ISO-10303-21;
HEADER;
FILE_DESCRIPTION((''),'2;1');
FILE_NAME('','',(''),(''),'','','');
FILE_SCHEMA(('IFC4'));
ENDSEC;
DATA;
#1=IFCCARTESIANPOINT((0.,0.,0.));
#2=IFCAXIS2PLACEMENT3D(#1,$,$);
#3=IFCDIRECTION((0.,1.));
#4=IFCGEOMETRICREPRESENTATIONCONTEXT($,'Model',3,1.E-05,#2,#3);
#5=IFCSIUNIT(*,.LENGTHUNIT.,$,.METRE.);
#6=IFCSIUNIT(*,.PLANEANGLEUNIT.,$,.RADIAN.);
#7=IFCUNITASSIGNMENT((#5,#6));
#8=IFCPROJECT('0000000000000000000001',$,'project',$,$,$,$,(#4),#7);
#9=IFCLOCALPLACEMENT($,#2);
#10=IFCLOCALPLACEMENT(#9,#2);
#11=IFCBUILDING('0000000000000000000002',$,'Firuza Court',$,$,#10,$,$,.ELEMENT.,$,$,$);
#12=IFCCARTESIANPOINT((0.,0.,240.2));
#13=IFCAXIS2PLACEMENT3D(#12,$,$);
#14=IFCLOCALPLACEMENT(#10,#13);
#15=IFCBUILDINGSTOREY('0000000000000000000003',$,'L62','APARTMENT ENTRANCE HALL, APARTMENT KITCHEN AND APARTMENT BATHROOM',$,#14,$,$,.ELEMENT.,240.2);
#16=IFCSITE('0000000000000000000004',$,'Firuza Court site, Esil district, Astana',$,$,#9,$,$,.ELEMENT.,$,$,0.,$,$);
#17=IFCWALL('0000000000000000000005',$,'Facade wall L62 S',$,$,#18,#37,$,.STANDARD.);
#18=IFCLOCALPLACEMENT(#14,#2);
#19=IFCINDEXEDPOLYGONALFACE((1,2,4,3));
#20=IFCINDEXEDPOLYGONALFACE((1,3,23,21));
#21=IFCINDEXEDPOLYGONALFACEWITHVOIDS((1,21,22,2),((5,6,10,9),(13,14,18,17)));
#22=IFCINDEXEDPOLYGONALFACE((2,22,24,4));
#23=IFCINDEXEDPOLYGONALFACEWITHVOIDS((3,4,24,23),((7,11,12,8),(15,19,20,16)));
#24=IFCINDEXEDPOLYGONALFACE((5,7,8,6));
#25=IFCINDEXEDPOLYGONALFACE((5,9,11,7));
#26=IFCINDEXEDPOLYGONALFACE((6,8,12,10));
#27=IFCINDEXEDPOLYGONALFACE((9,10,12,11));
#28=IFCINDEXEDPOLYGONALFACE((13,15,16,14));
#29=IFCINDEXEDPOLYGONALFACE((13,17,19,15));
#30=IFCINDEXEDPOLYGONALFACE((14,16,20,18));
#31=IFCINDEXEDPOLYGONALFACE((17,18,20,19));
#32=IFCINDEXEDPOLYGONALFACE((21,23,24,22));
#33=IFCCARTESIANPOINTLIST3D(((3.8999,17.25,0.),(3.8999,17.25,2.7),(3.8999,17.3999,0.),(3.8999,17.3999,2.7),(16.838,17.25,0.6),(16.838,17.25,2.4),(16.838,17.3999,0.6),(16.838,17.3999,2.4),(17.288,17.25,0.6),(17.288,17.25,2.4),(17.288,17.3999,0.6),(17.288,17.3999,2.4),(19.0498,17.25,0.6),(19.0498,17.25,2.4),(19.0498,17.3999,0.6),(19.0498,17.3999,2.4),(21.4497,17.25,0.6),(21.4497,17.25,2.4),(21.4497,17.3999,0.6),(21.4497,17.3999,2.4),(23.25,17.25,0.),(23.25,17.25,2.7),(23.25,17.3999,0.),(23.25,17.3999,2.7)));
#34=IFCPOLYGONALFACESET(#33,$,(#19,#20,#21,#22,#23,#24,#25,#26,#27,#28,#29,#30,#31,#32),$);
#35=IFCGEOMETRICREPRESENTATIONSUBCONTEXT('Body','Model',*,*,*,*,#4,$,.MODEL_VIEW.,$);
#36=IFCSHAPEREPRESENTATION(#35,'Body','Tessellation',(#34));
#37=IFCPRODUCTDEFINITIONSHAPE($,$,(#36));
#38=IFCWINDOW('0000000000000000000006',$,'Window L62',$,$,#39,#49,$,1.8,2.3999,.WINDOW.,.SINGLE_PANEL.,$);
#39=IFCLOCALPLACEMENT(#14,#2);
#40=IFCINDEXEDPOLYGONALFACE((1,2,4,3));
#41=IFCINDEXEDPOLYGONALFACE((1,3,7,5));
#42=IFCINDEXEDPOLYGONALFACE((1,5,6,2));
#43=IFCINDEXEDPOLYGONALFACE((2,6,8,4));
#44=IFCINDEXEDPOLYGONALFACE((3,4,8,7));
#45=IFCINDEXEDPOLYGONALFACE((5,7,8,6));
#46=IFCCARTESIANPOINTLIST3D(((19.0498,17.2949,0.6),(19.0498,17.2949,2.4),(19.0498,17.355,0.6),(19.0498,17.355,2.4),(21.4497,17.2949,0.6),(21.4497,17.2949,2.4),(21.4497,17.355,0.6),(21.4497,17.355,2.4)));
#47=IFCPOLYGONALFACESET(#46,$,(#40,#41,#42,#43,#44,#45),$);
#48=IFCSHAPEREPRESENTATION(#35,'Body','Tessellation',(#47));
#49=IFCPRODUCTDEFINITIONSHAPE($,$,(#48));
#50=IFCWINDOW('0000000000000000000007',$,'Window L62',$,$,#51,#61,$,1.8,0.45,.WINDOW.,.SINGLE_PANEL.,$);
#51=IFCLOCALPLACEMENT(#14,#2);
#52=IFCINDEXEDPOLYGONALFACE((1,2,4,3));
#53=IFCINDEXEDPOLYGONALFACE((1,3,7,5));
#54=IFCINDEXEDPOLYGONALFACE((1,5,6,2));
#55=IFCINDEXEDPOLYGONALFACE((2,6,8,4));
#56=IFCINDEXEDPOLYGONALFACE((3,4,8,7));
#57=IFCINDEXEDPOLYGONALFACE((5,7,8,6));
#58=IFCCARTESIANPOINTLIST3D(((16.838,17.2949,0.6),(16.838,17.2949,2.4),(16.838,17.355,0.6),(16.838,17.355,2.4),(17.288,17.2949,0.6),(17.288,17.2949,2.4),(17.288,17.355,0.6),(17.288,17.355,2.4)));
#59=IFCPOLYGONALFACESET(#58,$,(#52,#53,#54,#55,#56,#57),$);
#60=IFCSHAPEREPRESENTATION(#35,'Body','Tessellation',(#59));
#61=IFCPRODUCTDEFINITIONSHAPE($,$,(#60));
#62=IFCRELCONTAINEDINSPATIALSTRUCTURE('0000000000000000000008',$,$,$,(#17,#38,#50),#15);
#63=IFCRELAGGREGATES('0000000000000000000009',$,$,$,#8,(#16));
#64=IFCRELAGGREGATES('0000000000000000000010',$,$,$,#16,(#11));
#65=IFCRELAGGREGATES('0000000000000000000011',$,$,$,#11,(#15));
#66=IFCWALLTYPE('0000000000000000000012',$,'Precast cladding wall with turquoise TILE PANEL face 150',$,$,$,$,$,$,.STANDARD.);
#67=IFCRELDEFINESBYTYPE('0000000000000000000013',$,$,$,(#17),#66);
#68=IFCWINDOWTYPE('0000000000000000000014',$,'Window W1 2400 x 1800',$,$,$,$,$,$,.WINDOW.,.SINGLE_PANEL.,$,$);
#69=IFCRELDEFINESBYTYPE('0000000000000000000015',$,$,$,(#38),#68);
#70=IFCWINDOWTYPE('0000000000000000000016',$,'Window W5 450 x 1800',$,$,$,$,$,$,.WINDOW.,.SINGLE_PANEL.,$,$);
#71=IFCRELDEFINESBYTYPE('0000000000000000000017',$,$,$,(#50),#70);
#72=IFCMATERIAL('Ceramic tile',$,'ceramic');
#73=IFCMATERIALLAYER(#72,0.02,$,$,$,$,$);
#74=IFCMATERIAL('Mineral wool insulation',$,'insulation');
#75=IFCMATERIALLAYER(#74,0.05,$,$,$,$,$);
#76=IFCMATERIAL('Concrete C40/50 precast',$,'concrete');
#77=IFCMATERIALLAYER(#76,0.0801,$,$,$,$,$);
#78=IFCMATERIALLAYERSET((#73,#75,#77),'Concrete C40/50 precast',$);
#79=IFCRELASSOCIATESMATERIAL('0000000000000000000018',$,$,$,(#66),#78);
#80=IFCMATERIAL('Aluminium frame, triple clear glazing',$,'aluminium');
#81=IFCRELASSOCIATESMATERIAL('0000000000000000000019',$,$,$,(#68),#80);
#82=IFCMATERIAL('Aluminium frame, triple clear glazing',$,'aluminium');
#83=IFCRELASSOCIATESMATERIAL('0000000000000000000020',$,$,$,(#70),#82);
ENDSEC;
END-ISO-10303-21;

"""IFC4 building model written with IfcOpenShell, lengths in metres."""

from ifc_helpers import new_model, si_unit, direction, frame, frame_2d, origin, place, context, subcontext, project, spatial, rectangle, extrude, material, layer, layer_set, type_object, element, fill, save


model = new_model("IFC4")

# Units and contexts
model_context = context("Model", 3, precision=1e-05, world=origin(), true_north=direction((0.0, 1.0)))
body_context = subcontext(model_context, "Body", "Model", "MODEL_VIEW")
ifc_project = project(units=[si_unit("LENGTHUNIT", "METRE"), si_unit("PLANEANGLEUNIT", "RADIAN")], contexts=[model_context])

# Site, building, storey
site_placement = place(None, origin())
site = spatial("IfcSite", under=ifc_project, at=site_placement, Name="Firuza Court site, Esil district, Astana", CompositionType="ELEMENT", RefElevation=0.0)
building_placement = place(site_placement, origin())
building = spatial("IfcBuilding", under=site, at=building_placement, Name="Firuza Court", CompositionType="ELEMENT")
storey_placement = place(building_placement, frame((0.0, 0.0, 240.2)))
storey = spatial("IfcBuildingStorey", under=building, at=storey_placement, Name="L62", Description="APARTMENT ENTRANCE HALL, APARTMENT KITCHEN AND APARTMENT BATHROOM", CompositionType="ELEMENT", Elevation=240.2)

# Shared definitions
ifc_material_1 = material(Name="Concrete C40/50 precast", Category="concrete")

# Shared definitions
ifc_material_2 = material(Name="Ceramic tile", Category="ceramic")
ifc_layer_1 = layer(ifc_material_2, 0.02)
ifc_material_3 = material(Name="Mineral wool insulation", Category="insulation")
ifc_layer_2 = layer(ifc_material_3, 0.05)
ifc_layer_3 = layer(ifc_material_1, 0.0801)
ifc_layer_set_1 = layer_set([ifc_layer_1, ifc_layer_2, ifc_layer_3], Name="Concrete C40/50 precast")
wall_type_1 = type_object("IfcWallType", Name="Precast cladding wall with turquoise TILE PANEL face 150", PredefinedType="STANDARD", material=ifc_layer_set_1)

# Wall, openings, windows
wall_1_placement = place(storey_placement, frame((3.8999, 17.325, 0.0), z_axis=(0.0, 0.0, 1.0), x_axis=(1.0, 0.0, 0.0)))
wall_1 = element("IfcWall", 1, at=wall_1_placement, inside=storey, type_object=wall_type_1, Name="Facade wall L62 S", PredefinedType="STANDARD", context=body_context, shape_type="SweptSolid", body=[
    extrude(rectangle(XDim=19.3501, YDim=0.1499, at=frame_2d((9.675, 0.0))), origin(), (0.0, 0.0, 1.0), 2.7),
])
opening_1_placement = place(wall_1_placement, frame((12.938, 0.0, 0.6001)))
opening_1 = element("IfcOpeningElement", 2, at=opening_1_placement, cuts=wall_1, PredefinedType="OPENING", context=body_context, shape_type="SweptSolid", body=[
    extrude(rectangle(XDim=0.45, YDim=1.8, at=frame_2d((0.2251, 0.8999))), frame((0.0, 0.0869, 0.0), z_axis=(0.0, -1.0, 0.0), x_axis=(1.0, 0.0, 0.0)), (0.0, 0.0, 1.0), 0.1738),
])
opening_2_placement = place(wall_1_placement, frame((15.1499, 0.0, 0.6001)))
opening_2 = element("IfcOpeningElement", 3, at=opening_2_placement, cuts=wall_1, PredefinedType="OPENING", context=body_context, shape_type="SweptSolid", body=[
    extrude(rectangle(XDim=2.3999, YDim=1.8, at=frame_2d((1.2, 0.8999))), frame((0.0, 0.0869, 0.0), z_axis=(0.0, -1.0, 0.0), x_axis=(1.0, 0.0, 0.0)), (0.0, 0.0, 1.0), 0.1738),
])
ifc_material_4 = material(Name="Aluminium frame, triple clear glazing", Category="aluminium")
window_type_1 = type_object("IfcWindowType", Name="Window W1 2400 x 1800", PartitioningType="SINGLE_PANEL", PredefinedType="WINDOW", material=ifc_material_4)
window_1_placement = place(opening_2_placement, origin())
window_1 = element("IfcWindow", 4, at=window_1_placement, inside=storey, type_object=window_type_1, Name="Window L62", OverallHeight=1.8, OverallWidth=2.3999, PartitioningType="SINGLE_PANEL", PredefinedType="WINDOW", context=body_context, shape_type="SweptSolid", body=[
    extrude(rectangle(XDim=2.3999, YDim=1.8, at=frame_2d((1.2, 0.8999))), frame((0.0, 0.03, 0.0), z_axis=(0.0, -1.0, 0.0), x_axis=(1.0, 0.0, 0.0)), (0.0, 0.0, 1.0), 0.0601),
])
fill(opening_2, window_1)
ifc_material_5 = material(Name="Aluminium frame, triple clear glazing", Category="aluminium")
window_type_2 = type_object("IfcWindowType", Name="Window W5 450 x 1800", PartitioningType="SINGLE_PANEL", PredefinedType="WINDOW", material=ifc_material_5)
window_2_placement = place(opening_1_placement, origin())
window_2 = element("IfcWindow", 5, at=window_2_placement, inside=storey, type_object=window_type_2, Name="Window L62", OverallHeight=1.8, OverallWidth=0.45, PartitioningType="SINGLE_PANEL", PredefinedType="WINDOW", context=body_context, shape_type="SweptSolid", body=[
    extrude(rectangle(XDim=0.45, YDim=1.8, at=frame_2d((0.2251, 0.8999))), frame((0.0, 0.03, 0.0), z_axis=(0.0, -1.0, 0.0), x_axis=(1.0, 0.0, 0.0)), (0.0, 0.0, 1.0), 0.0601),
])
fill(opening_1, window_2)

save(model, "model.ifc")
